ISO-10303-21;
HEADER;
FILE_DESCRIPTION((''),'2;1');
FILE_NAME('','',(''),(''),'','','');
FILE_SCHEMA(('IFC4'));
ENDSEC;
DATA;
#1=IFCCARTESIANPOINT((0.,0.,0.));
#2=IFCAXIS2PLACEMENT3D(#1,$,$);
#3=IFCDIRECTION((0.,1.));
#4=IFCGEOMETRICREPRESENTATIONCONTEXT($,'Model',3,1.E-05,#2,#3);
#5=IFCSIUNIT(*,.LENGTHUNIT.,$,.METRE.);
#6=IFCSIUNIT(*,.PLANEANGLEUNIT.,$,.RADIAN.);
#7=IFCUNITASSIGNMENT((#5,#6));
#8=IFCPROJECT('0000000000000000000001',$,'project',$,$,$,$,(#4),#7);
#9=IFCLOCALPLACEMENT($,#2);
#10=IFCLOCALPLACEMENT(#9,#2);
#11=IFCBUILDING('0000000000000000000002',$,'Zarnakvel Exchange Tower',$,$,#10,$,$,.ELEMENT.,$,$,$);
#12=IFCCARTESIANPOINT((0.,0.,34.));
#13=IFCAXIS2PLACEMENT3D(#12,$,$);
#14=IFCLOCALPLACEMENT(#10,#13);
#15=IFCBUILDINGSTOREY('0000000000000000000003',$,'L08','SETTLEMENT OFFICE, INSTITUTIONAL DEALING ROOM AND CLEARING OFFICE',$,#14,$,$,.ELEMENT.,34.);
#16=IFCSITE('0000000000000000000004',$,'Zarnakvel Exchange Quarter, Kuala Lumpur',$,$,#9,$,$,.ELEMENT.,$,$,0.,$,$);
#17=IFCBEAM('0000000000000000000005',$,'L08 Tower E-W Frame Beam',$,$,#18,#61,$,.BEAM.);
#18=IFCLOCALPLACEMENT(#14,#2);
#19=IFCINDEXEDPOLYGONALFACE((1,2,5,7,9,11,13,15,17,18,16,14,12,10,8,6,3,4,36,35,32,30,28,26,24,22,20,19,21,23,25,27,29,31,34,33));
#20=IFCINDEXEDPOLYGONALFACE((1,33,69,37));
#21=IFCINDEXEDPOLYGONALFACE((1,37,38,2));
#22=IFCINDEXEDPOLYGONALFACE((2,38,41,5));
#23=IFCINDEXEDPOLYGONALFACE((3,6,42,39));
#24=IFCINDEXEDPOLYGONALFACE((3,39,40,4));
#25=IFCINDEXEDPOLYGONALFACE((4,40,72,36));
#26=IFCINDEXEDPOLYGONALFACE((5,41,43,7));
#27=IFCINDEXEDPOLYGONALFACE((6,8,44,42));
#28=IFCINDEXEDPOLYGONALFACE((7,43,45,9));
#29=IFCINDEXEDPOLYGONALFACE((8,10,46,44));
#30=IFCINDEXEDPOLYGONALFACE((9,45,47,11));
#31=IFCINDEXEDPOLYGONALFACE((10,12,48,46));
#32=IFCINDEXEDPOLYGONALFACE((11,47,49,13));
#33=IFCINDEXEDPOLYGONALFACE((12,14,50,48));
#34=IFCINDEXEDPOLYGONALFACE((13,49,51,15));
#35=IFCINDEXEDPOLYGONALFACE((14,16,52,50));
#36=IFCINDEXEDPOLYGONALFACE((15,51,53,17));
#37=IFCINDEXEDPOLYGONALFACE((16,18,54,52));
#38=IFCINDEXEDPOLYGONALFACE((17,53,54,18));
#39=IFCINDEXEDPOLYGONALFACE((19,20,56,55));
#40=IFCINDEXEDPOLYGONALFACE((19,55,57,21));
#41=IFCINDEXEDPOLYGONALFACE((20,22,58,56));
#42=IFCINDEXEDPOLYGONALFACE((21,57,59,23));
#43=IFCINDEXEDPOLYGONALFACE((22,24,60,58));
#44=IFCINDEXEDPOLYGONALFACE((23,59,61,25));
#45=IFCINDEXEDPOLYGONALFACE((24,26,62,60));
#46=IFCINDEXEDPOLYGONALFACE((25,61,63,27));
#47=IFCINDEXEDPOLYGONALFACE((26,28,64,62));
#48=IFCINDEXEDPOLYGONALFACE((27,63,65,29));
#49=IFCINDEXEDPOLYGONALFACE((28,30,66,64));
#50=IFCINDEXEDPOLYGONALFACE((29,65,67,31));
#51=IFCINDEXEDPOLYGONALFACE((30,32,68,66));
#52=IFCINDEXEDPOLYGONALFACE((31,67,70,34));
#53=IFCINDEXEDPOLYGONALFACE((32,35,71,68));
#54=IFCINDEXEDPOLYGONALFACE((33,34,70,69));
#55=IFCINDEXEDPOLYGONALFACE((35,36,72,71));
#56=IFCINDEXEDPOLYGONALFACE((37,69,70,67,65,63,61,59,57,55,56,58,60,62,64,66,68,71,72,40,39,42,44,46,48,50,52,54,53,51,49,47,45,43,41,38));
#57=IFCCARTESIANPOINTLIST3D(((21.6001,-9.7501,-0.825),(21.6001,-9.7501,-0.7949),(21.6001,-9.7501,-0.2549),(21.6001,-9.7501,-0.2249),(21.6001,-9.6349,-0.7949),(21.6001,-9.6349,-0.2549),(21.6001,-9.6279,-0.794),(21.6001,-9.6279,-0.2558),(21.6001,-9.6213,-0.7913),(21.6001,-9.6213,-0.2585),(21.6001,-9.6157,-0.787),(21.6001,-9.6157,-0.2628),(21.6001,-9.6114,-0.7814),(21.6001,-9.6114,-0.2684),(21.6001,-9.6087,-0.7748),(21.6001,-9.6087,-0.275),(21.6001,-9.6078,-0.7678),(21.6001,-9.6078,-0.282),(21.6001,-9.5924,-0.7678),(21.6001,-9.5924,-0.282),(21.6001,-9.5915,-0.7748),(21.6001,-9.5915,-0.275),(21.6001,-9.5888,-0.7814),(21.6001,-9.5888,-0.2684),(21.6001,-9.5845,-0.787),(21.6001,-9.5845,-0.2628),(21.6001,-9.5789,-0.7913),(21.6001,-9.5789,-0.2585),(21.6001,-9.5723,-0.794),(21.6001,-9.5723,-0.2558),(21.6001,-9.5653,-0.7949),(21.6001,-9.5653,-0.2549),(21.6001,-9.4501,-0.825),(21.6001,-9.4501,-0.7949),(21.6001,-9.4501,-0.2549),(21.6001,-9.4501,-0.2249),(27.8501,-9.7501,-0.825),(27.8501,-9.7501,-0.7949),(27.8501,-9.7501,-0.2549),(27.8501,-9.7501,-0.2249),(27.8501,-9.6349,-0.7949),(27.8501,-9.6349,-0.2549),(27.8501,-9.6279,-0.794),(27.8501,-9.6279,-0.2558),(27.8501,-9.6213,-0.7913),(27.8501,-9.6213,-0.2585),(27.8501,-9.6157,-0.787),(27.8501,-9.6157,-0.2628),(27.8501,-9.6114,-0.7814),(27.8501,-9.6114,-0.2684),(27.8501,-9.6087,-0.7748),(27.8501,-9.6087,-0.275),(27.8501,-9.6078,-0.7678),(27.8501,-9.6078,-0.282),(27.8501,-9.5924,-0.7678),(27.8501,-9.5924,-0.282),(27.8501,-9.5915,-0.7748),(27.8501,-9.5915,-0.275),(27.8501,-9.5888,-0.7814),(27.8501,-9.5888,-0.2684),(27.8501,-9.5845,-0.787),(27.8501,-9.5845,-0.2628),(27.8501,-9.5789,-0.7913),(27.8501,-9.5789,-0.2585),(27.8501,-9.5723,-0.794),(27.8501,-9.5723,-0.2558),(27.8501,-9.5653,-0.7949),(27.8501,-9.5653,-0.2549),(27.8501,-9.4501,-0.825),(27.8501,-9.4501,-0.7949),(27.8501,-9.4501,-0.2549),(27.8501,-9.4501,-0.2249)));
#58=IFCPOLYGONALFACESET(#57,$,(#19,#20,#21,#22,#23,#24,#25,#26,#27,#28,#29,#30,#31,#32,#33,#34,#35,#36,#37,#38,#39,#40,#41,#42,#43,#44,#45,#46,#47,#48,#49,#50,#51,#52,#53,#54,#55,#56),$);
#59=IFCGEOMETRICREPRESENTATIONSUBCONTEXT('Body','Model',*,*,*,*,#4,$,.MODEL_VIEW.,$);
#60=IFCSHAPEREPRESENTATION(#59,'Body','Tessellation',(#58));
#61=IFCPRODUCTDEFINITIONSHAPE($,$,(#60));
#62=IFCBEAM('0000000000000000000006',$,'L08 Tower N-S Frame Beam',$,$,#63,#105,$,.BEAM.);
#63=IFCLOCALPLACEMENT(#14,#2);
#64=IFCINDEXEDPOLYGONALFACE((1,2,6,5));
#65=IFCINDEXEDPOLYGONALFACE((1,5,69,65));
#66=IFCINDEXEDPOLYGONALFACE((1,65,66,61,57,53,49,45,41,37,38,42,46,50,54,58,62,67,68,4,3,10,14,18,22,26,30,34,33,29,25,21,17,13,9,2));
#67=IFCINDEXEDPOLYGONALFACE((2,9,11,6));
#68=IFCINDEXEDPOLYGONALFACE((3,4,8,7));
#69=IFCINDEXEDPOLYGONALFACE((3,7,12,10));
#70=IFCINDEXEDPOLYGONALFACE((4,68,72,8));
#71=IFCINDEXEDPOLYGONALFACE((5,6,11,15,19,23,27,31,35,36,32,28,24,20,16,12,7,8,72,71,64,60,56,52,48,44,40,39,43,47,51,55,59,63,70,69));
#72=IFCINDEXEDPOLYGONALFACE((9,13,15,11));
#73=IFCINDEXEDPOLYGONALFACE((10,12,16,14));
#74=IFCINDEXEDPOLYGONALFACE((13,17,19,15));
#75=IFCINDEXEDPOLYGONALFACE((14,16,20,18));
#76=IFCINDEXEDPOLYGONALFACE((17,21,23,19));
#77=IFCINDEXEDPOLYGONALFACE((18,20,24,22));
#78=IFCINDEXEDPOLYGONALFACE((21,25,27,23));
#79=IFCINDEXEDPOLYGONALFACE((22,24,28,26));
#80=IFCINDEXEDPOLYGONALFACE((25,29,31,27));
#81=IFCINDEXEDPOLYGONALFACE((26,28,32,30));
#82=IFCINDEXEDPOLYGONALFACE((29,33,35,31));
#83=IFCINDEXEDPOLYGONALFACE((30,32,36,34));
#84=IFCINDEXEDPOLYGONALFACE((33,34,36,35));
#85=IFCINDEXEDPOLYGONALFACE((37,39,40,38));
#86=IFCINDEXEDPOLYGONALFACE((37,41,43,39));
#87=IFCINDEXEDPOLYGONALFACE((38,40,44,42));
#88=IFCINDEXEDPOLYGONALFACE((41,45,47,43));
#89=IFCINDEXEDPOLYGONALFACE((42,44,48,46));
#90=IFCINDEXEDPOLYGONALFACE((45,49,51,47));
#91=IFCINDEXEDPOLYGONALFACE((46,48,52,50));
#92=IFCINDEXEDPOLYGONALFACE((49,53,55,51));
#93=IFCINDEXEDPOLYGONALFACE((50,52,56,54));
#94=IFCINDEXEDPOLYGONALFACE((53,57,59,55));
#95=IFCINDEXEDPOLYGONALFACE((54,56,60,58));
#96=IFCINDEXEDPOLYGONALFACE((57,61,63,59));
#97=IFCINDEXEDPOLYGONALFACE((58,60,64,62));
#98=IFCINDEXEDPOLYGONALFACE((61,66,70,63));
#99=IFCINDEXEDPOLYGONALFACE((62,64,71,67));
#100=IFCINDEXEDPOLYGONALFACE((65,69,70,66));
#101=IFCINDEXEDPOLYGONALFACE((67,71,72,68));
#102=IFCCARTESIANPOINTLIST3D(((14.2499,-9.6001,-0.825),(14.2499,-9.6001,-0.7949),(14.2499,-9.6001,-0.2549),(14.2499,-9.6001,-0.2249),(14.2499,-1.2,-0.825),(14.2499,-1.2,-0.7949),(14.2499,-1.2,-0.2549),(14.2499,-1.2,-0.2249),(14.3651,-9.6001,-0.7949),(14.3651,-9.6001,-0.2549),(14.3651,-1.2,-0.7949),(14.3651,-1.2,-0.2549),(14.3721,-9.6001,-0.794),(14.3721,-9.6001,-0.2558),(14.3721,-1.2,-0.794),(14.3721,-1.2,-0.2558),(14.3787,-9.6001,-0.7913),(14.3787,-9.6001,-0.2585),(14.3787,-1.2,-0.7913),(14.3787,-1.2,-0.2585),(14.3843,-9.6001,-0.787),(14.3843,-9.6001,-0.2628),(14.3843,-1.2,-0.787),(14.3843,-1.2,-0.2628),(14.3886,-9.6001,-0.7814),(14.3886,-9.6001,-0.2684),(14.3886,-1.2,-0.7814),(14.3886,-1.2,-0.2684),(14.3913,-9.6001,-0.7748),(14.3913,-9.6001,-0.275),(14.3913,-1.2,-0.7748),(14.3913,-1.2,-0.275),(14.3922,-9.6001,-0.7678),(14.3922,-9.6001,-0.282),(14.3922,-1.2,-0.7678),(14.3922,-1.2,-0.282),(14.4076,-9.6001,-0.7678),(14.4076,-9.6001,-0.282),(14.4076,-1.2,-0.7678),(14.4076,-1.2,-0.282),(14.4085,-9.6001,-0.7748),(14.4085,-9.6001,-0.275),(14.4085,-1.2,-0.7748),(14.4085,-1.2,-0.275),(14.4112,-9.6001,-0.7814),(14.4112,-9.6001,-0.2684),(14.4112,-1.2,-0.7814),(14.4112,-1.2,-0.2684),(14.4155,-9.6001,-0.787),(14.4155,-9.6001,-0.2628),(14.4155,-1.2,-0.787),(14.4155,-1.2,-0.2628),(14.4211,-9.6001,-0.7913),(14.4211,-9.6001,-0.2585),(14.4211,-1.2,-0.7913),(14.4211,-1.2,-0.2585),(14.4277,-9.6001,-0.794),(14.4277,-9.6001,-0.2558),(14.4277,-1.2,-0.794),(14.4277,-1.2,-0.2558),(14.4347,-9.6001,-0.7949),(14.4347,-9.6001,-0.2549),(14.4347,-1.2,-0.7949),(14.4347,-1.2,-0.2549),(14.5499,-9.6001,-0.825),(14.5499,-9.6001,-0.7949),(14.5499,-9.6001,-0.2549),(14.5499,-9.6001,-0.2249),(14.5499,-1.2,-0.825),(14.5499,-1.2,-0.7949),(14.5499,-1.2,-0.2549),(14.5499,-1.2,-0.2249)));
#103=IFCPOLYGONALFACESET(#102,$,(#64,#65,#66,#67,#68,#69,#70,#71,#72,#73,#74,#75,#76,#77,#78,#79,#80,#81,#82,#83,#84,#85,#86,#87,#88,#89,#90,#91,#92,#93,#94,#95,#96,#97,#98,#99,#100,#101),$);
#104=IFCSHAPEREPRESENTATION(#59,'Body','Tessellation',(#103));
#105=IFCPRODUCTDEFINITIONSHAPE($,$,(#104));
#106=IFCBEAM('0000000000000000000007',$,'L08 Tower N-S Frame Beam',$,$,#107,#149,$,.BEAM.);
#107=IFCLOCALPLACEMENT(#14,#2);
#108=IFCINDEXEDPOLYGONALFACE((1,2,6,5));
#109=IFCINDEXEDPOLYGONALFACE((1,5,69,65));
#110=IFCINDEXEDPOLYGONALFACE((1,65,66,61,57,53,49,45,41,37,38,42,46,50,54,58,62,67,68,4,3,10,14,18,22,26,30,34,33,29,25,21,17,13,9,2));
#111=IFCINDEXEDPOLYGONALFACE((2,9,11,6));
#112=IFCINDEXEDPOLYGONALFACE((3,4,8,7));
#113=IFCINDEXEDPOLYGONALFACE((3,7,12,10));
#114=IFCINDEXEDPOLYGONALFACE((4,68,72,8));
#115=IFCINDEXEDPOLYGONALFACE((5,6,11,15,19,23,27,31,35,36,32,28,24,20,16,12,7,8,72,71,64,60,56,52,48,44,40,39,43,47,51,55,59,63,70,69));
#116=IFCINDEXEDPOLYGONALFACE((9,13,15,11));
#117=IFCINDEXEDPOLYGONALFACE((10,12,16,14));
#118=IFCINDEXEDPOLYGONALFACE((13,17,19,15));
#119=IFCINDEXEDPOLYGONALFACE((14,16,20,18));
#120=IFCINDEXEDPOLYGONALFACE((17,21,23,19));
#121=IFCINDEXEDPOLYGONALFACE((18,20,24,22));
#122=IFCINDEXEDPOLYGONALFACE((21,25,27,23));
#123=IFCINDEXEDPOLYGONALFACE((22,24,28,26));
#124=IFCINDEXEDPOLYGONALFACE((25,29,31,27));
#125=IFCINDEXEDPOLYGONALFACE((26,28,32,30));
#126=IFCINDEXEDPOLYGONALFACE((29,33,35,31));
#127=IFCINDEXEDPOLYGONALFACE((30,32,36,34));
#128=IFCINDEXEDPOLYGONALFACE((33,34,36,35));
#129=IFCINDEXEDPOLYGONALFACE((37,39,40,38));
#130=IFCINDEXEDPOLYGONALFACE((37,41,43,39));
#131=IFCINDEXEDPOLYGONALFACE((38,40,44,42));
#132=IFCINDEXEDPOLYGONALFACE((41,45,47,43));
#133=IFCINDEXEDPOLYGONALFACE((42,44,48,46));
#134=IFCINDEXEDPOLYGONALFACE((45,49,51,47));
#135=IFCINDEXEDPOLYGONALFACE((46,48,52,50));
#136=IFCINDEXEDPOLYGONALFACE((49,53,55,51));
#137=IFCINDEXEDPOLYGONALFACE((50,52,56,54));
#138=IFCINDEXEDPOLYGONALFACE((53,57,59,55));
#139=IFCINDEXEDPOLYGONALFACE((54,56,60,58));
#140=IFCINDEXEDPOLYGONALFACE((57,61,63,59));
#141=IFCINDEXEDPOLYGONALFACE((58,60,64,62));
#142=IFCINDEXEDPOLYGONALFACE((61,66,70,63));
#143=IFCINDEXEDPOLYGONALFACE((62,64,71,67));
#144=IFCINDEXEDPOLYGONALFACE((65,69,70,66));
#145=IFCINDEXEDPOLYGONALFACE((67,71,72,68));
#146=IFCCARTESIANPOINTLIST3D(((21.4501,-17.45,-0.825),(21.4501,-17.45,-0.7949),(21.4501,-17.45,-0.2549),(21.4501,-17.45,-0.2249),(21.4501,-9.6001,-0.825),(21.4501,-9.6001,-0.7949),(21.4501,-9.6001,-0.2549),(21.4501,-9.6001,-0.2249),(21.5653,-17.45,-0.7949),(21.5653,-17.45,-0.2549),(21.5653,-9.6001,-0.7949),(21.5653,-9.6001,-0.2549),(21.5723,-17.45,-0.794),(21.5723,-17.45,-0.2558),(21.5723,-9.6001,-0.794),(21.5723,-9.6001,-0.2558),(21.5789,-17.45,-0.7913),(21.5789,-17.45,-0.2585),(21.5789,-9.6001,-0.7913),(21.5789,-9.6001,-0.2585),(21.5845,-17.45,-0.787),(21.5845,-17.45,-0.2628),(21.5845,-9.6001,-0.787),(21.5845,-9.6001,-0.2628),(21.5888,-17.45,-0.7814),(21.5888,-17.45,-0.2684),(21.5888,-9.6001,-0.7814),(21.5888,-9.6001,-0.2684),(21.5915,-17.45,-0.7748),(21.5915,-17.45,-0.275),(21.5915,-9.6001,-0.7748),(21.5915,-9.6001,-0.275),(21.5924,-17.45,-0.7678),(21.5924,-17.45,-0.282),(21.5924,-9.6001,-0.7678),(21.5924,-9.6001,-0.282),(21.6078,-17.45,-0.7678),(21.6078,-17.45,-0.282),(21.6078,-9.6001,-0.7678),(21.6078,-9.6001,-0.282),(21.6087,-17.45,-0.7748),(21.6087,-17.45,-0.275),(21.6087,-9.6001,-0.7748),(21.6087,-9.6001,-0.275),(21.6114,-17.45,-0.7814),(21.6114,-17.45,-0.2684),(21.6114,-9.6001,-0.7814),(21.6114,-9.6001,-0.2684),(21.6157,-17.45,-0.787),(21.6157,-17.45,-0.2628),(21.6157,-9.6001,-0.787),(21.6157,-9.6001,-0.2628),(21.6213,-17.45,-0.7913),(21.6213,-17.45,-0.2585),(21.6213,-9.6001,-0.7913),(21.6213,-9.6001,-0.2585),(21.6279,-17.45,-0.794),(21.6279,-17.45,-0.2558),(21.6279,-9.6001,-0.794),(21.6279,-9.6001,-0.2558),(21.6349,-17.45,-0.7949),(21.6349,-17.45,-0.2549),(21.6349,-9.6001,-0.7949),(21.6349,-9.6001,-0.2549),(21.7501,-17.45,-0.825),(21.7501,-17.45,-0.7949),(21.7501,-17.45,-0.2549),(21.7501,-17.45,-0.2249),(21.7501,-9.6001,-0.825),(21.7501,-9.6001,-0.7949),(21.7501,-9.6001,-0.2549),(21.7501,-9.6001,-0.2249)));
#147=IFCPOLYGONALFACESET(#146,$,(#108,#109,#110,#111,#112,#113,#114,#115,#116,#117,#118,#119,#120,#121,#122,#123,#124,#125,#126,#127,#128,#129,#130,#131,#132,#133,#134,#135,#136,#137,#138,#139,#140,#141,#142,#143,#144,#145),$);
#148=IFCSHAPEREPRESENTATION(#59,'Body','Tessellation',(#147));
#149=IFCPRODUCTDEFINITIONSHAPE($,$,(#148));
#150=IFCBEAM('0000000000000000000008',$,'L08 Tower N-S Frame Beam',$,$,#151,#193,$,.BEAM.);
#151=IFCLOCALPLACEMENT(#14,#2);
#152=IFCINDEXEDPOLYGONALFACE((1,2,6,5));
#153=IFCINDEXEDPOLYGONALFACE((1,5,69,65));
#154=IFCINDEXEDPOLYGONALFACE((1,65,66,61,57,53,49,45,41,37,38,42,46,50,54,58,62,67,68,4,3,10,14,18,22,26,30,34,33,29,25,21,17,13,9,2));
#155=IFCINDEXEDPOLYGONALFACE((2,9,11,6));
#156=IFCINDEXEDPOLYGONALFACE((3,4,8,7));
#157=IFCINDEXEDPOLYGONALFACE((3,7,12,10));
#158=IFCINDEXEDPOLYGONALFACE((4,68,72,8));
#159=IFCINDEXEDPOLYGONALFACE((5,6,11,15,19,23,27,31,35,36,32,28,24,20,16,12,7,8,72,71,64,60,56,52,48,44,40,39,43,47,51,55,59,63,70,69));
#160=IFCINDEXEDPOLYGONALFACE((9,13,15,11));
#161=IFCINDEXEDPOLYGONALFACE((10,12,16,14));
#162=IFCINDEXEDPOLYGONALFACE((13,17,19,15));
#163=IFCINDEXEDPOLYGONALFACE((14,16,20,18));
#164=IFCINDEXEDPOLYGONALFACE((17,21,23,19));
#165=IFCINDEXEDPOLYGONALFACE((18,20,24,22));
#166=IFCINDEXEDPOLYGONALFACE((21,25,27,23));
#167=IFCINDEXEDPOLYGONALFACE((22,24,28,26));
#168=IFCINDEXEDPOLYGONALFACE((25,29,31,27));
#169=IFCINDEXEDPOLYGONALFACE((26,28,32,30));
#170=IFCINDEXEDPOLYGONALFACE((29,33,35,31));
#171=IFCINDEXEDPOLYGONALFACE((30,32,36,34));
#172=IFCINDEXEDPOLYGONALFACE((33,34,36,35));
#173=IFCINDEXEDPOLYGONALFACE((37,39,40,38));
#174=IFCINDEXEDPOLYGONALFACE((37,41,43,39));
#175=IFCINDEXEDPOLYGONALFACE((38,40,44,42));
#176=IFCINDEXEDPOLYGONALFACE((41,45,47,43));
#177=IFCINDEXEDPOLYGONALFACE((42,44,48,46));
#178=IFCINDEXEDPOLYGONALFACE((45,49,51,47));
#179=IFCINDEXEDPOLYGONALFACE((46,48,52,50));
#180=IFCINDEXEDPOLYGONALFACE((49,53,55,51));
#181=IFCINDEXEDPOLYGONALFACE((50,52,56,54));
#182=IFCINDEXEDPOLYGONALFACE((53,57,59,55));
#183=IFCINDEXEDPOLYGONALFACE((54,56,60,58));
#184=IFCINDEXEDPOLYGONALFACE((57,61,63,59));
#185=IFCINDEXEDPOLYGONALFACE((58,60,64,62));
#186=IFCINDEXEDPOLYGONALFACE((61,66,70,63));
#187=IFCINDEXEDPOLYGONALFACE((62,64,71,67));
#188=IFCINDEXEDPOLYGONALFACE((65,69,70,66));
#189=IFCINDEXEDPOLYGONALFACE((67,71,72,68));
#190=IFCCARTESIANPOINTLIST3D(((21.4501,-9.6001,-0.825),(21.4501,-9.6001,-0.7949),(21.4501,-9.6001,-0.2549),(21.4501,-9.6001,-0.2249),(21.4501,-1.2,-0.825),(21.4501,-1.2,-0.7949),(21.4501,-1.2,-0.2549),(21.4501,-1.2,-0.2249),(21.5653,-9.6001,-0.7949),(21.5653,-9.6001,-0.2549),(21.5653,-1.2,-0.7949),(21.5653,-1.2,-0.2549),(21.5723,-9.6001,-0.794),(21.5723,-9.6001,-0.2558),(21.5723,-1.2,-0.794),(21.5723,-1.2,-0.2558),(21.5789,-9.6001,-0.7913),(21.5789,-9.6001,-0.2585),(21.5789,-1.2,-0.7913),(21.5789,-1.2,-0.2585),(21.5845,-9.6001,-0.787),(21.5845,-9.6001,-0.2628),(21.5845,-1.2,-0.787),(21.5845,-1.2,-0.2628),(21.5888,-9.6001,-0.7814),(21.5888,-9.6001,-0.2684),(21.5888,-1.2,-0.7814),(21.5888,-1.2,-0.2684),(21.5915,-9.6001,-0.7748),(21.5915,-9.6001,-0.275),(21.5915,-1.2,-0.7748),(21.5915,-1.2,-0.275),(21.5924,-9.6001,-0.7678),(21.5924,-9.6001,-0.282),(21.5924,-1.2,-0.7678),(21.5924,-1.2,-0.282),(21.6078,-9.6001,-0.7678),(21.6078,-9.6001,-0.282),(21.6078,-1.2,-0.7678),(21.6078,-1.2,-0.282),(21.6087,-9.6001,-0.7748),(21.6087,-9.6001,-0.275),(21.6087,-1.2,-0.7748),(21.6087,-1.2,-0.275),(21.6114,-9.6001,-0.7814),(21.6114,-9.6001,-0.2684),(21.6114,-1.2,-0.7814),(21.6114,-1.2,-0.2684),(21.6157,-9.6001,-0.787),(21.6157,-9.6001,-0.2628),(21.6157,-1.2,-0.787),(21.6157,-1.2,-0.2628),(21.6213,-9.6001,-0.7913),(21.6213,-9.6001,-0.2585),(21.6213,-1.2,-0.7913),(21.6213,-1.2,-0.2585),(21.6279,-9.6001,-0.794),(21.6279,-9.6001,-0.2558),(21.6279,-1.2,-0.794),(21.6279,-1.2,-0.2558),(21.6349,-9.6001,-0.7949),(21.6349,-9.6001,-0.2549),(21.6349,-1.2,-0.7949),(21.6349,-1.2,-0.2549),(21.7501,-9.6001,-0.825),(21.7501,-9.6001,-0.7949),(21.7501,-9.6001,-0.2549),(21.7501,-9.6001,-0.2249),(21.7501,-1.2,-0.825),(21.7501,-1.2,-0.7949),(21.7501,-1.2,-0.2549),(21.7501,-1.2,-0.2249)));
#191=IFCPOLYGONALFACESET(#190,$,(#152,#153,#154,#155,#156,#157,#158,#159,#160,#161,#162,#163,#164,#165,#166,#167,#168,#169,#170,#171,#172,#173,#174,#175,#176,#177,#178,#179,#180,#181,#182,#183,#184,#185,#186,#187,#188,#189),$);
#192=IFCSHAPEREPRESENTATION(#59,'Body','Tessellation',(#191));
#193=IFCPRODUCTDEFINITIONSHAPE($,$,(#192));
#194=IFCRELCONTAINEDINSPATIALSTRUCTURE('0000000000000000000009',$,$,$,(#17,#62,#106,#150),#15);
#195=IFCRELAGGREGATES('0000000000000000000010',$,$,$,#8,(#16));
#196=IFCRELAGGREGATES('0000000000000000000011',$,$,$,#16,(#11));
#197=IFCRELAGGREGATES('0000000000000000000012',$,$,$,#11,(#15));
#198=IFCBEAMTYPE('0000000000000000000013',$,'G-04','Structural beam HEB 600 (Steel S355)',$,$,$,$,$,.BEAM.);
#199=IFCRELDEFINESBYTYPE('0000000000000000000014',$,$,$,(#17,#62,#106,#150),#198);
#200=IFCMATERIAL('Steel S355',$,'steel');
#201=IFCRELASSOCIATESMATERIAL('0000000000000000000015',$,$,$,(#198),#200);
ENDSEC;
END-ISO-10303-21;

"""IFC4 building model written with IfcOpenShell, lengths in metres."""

from ifc_helpers import new_model, si_unit, direction, frame, origin, origin_2d, place, context, subcontext, project, spatial, i_section, extrude, material, material_profile, profile_set, type_object, element, save


model = new_model("IFC4")

# Units and contexts
model_context = context("Model", 3, precision=1e-05, world=origin(), true_north=direction((0.0, 1.0)))
body_context = subcontext(model_context, "Body", "Model", "MODEL_VIEW")
ifc_project = project(units=[si_unit("LENGTHUNIT", "METRE"), si_unit("PLANEANGLEUNIT", "RADIAN")], contexts=[model_context])

# Site, building, storey
site_placement = place(None, origin())
site = spatial("IfcSite", under=ifc_project, at=site_placement, Name="Zarnakvel Exchange Quarter, Kuala Lumpur", CompositionType="ELEMENT", RefElevation=0.0)
building_placement = place(site_placement, origin())
building = spatial("IfcBuilding", under=site, at=building_placement, Name="Zarnakvel Exchange Tower", CompositionType="ELEMENT")
storey_placement = place(building_placement, frame((0.0, 0.0, 34.0)))
storey = spatial("IfcBuildingStorey", under=building, at=storey_placement, Name="L08", Description="SETTLEMENT OFFICE, INSTITUTIONAL DEALING ROOM AND CLEARING OFFICE", CompositionType="ELEMENT", Elevation=34.0)

# Beams
ifc_material_1 = material(Name="Steel S355", Category="steel")
ifc_material_profile_1 = material_profile(ifc_material_1, i_section(OverallWidth=0.3, OverallDepth=0.6001, WebThickness=0.0154, FlangeThickness=0.03, FilletRadius=0.0271, at=origin_2d()))
ifc_profile_set_1 = profile_set([ifc_material_profile_1], Name="Steel S355")
beam_type_1 = type_object("IfcBeamType", Name="G-04", Description="Structural beam HEB 600 (Steel S355)", PredefinedType="BEAM", material=ifc_profile_set_1)
beam_1_placement = place(storey_placement, frame((21.6001, -9.6001, -0.5249), z_axis=(1.0, 0.0, 0.0), x_axis=(0.0, 1.0, 0.0)))
element("IfcBeam", 1, at=beam_1_placement, inside=storey, type_object=beam_type_1, Name="L08 Tower E-W Frame Beam", PredefinedType="BEAM", context=body_context, shape_type="SweptSolid", body=[
    extrude(i_section(OverallWidth=0.3, OverallDepth=0.6001, WebThickness=0.0154, FlangeThickness=0.03, FilletRadius=0.0271, at=origin_2d()), origin(), (0.0, 0.0, 1.0), 6.25),
])
beam_2_placement = place(storey_placement, frame((14.3999, -9.6001, -0.5249), z_axis=(0.0, 1.0, 0.0), x_axis=(-1.0, 0.0, 0.0)))
element("IfcBeam", 2, at=beam_2_placement, inside=storey, type_object=beam_type_1, Name="L08 Tower N-S Frame Beam", PredefinedType="BEAM", context=body_context, shape_type="SweptSolid", body=[
    extrude(i_section(OverallWidth=0.3, OverallDepth=0.6001, WebThickness=0.0154, FlangeThickness=0.03, FilletRadius=0.0271, at=origin_2d()), origin(), (0.0, 0.0, 1.0), 8.4001),
])
beam_3_placement = place(storey_placement, frame((21.6001, -17.45, -0.5249), z_axis=(0.0, 1.0, 0.0), x_axis=(-1.0, 0.0, 0.0)))
element("IfcBeam", 3, at=beam_3_placement, inside=storey, type_object=beam_type_1, Name="L08 Tower N-S Frame Beam", PredefinedType="BEAM", context=body_context, shape_type="SweptSolid", body=[
    extrude(i_section(OverallWidth=0.3, OverallDepth=0.6001, WebThickness=0.0154, FlangeThickness=0.03, FilletRadius=0.0271, at=origin_2d()), origin(), (0.0, 0.0, 1.0), 7.8499),
])
beam_4_placement = place(storey_placement, frame((21.6001, -9.6001, -0.5249), z_axis=(0.0, 1.0, 0.0), x_axis=(-1.0, 0.0, 0.0)))
element("IfcBeam", 4, at=beam_4_placement, inside=storey, type_object=beam_type_1, Name="L08 Tower N-S Frame Beam", PredefinedType="BEAM", context=body_context, shape_type="SweptSolid", body=[
    extrude(i_section(OverallWidth=0.3, OverallDepth=0.6001, WebThickness=0.0154, FlangeThickness=0.03, FilletRadius=0.0271, at=origin_2d()), origin(), (0.0, 0.0, 1.0), 8.4001),
])

save(model, "model.ifc")
